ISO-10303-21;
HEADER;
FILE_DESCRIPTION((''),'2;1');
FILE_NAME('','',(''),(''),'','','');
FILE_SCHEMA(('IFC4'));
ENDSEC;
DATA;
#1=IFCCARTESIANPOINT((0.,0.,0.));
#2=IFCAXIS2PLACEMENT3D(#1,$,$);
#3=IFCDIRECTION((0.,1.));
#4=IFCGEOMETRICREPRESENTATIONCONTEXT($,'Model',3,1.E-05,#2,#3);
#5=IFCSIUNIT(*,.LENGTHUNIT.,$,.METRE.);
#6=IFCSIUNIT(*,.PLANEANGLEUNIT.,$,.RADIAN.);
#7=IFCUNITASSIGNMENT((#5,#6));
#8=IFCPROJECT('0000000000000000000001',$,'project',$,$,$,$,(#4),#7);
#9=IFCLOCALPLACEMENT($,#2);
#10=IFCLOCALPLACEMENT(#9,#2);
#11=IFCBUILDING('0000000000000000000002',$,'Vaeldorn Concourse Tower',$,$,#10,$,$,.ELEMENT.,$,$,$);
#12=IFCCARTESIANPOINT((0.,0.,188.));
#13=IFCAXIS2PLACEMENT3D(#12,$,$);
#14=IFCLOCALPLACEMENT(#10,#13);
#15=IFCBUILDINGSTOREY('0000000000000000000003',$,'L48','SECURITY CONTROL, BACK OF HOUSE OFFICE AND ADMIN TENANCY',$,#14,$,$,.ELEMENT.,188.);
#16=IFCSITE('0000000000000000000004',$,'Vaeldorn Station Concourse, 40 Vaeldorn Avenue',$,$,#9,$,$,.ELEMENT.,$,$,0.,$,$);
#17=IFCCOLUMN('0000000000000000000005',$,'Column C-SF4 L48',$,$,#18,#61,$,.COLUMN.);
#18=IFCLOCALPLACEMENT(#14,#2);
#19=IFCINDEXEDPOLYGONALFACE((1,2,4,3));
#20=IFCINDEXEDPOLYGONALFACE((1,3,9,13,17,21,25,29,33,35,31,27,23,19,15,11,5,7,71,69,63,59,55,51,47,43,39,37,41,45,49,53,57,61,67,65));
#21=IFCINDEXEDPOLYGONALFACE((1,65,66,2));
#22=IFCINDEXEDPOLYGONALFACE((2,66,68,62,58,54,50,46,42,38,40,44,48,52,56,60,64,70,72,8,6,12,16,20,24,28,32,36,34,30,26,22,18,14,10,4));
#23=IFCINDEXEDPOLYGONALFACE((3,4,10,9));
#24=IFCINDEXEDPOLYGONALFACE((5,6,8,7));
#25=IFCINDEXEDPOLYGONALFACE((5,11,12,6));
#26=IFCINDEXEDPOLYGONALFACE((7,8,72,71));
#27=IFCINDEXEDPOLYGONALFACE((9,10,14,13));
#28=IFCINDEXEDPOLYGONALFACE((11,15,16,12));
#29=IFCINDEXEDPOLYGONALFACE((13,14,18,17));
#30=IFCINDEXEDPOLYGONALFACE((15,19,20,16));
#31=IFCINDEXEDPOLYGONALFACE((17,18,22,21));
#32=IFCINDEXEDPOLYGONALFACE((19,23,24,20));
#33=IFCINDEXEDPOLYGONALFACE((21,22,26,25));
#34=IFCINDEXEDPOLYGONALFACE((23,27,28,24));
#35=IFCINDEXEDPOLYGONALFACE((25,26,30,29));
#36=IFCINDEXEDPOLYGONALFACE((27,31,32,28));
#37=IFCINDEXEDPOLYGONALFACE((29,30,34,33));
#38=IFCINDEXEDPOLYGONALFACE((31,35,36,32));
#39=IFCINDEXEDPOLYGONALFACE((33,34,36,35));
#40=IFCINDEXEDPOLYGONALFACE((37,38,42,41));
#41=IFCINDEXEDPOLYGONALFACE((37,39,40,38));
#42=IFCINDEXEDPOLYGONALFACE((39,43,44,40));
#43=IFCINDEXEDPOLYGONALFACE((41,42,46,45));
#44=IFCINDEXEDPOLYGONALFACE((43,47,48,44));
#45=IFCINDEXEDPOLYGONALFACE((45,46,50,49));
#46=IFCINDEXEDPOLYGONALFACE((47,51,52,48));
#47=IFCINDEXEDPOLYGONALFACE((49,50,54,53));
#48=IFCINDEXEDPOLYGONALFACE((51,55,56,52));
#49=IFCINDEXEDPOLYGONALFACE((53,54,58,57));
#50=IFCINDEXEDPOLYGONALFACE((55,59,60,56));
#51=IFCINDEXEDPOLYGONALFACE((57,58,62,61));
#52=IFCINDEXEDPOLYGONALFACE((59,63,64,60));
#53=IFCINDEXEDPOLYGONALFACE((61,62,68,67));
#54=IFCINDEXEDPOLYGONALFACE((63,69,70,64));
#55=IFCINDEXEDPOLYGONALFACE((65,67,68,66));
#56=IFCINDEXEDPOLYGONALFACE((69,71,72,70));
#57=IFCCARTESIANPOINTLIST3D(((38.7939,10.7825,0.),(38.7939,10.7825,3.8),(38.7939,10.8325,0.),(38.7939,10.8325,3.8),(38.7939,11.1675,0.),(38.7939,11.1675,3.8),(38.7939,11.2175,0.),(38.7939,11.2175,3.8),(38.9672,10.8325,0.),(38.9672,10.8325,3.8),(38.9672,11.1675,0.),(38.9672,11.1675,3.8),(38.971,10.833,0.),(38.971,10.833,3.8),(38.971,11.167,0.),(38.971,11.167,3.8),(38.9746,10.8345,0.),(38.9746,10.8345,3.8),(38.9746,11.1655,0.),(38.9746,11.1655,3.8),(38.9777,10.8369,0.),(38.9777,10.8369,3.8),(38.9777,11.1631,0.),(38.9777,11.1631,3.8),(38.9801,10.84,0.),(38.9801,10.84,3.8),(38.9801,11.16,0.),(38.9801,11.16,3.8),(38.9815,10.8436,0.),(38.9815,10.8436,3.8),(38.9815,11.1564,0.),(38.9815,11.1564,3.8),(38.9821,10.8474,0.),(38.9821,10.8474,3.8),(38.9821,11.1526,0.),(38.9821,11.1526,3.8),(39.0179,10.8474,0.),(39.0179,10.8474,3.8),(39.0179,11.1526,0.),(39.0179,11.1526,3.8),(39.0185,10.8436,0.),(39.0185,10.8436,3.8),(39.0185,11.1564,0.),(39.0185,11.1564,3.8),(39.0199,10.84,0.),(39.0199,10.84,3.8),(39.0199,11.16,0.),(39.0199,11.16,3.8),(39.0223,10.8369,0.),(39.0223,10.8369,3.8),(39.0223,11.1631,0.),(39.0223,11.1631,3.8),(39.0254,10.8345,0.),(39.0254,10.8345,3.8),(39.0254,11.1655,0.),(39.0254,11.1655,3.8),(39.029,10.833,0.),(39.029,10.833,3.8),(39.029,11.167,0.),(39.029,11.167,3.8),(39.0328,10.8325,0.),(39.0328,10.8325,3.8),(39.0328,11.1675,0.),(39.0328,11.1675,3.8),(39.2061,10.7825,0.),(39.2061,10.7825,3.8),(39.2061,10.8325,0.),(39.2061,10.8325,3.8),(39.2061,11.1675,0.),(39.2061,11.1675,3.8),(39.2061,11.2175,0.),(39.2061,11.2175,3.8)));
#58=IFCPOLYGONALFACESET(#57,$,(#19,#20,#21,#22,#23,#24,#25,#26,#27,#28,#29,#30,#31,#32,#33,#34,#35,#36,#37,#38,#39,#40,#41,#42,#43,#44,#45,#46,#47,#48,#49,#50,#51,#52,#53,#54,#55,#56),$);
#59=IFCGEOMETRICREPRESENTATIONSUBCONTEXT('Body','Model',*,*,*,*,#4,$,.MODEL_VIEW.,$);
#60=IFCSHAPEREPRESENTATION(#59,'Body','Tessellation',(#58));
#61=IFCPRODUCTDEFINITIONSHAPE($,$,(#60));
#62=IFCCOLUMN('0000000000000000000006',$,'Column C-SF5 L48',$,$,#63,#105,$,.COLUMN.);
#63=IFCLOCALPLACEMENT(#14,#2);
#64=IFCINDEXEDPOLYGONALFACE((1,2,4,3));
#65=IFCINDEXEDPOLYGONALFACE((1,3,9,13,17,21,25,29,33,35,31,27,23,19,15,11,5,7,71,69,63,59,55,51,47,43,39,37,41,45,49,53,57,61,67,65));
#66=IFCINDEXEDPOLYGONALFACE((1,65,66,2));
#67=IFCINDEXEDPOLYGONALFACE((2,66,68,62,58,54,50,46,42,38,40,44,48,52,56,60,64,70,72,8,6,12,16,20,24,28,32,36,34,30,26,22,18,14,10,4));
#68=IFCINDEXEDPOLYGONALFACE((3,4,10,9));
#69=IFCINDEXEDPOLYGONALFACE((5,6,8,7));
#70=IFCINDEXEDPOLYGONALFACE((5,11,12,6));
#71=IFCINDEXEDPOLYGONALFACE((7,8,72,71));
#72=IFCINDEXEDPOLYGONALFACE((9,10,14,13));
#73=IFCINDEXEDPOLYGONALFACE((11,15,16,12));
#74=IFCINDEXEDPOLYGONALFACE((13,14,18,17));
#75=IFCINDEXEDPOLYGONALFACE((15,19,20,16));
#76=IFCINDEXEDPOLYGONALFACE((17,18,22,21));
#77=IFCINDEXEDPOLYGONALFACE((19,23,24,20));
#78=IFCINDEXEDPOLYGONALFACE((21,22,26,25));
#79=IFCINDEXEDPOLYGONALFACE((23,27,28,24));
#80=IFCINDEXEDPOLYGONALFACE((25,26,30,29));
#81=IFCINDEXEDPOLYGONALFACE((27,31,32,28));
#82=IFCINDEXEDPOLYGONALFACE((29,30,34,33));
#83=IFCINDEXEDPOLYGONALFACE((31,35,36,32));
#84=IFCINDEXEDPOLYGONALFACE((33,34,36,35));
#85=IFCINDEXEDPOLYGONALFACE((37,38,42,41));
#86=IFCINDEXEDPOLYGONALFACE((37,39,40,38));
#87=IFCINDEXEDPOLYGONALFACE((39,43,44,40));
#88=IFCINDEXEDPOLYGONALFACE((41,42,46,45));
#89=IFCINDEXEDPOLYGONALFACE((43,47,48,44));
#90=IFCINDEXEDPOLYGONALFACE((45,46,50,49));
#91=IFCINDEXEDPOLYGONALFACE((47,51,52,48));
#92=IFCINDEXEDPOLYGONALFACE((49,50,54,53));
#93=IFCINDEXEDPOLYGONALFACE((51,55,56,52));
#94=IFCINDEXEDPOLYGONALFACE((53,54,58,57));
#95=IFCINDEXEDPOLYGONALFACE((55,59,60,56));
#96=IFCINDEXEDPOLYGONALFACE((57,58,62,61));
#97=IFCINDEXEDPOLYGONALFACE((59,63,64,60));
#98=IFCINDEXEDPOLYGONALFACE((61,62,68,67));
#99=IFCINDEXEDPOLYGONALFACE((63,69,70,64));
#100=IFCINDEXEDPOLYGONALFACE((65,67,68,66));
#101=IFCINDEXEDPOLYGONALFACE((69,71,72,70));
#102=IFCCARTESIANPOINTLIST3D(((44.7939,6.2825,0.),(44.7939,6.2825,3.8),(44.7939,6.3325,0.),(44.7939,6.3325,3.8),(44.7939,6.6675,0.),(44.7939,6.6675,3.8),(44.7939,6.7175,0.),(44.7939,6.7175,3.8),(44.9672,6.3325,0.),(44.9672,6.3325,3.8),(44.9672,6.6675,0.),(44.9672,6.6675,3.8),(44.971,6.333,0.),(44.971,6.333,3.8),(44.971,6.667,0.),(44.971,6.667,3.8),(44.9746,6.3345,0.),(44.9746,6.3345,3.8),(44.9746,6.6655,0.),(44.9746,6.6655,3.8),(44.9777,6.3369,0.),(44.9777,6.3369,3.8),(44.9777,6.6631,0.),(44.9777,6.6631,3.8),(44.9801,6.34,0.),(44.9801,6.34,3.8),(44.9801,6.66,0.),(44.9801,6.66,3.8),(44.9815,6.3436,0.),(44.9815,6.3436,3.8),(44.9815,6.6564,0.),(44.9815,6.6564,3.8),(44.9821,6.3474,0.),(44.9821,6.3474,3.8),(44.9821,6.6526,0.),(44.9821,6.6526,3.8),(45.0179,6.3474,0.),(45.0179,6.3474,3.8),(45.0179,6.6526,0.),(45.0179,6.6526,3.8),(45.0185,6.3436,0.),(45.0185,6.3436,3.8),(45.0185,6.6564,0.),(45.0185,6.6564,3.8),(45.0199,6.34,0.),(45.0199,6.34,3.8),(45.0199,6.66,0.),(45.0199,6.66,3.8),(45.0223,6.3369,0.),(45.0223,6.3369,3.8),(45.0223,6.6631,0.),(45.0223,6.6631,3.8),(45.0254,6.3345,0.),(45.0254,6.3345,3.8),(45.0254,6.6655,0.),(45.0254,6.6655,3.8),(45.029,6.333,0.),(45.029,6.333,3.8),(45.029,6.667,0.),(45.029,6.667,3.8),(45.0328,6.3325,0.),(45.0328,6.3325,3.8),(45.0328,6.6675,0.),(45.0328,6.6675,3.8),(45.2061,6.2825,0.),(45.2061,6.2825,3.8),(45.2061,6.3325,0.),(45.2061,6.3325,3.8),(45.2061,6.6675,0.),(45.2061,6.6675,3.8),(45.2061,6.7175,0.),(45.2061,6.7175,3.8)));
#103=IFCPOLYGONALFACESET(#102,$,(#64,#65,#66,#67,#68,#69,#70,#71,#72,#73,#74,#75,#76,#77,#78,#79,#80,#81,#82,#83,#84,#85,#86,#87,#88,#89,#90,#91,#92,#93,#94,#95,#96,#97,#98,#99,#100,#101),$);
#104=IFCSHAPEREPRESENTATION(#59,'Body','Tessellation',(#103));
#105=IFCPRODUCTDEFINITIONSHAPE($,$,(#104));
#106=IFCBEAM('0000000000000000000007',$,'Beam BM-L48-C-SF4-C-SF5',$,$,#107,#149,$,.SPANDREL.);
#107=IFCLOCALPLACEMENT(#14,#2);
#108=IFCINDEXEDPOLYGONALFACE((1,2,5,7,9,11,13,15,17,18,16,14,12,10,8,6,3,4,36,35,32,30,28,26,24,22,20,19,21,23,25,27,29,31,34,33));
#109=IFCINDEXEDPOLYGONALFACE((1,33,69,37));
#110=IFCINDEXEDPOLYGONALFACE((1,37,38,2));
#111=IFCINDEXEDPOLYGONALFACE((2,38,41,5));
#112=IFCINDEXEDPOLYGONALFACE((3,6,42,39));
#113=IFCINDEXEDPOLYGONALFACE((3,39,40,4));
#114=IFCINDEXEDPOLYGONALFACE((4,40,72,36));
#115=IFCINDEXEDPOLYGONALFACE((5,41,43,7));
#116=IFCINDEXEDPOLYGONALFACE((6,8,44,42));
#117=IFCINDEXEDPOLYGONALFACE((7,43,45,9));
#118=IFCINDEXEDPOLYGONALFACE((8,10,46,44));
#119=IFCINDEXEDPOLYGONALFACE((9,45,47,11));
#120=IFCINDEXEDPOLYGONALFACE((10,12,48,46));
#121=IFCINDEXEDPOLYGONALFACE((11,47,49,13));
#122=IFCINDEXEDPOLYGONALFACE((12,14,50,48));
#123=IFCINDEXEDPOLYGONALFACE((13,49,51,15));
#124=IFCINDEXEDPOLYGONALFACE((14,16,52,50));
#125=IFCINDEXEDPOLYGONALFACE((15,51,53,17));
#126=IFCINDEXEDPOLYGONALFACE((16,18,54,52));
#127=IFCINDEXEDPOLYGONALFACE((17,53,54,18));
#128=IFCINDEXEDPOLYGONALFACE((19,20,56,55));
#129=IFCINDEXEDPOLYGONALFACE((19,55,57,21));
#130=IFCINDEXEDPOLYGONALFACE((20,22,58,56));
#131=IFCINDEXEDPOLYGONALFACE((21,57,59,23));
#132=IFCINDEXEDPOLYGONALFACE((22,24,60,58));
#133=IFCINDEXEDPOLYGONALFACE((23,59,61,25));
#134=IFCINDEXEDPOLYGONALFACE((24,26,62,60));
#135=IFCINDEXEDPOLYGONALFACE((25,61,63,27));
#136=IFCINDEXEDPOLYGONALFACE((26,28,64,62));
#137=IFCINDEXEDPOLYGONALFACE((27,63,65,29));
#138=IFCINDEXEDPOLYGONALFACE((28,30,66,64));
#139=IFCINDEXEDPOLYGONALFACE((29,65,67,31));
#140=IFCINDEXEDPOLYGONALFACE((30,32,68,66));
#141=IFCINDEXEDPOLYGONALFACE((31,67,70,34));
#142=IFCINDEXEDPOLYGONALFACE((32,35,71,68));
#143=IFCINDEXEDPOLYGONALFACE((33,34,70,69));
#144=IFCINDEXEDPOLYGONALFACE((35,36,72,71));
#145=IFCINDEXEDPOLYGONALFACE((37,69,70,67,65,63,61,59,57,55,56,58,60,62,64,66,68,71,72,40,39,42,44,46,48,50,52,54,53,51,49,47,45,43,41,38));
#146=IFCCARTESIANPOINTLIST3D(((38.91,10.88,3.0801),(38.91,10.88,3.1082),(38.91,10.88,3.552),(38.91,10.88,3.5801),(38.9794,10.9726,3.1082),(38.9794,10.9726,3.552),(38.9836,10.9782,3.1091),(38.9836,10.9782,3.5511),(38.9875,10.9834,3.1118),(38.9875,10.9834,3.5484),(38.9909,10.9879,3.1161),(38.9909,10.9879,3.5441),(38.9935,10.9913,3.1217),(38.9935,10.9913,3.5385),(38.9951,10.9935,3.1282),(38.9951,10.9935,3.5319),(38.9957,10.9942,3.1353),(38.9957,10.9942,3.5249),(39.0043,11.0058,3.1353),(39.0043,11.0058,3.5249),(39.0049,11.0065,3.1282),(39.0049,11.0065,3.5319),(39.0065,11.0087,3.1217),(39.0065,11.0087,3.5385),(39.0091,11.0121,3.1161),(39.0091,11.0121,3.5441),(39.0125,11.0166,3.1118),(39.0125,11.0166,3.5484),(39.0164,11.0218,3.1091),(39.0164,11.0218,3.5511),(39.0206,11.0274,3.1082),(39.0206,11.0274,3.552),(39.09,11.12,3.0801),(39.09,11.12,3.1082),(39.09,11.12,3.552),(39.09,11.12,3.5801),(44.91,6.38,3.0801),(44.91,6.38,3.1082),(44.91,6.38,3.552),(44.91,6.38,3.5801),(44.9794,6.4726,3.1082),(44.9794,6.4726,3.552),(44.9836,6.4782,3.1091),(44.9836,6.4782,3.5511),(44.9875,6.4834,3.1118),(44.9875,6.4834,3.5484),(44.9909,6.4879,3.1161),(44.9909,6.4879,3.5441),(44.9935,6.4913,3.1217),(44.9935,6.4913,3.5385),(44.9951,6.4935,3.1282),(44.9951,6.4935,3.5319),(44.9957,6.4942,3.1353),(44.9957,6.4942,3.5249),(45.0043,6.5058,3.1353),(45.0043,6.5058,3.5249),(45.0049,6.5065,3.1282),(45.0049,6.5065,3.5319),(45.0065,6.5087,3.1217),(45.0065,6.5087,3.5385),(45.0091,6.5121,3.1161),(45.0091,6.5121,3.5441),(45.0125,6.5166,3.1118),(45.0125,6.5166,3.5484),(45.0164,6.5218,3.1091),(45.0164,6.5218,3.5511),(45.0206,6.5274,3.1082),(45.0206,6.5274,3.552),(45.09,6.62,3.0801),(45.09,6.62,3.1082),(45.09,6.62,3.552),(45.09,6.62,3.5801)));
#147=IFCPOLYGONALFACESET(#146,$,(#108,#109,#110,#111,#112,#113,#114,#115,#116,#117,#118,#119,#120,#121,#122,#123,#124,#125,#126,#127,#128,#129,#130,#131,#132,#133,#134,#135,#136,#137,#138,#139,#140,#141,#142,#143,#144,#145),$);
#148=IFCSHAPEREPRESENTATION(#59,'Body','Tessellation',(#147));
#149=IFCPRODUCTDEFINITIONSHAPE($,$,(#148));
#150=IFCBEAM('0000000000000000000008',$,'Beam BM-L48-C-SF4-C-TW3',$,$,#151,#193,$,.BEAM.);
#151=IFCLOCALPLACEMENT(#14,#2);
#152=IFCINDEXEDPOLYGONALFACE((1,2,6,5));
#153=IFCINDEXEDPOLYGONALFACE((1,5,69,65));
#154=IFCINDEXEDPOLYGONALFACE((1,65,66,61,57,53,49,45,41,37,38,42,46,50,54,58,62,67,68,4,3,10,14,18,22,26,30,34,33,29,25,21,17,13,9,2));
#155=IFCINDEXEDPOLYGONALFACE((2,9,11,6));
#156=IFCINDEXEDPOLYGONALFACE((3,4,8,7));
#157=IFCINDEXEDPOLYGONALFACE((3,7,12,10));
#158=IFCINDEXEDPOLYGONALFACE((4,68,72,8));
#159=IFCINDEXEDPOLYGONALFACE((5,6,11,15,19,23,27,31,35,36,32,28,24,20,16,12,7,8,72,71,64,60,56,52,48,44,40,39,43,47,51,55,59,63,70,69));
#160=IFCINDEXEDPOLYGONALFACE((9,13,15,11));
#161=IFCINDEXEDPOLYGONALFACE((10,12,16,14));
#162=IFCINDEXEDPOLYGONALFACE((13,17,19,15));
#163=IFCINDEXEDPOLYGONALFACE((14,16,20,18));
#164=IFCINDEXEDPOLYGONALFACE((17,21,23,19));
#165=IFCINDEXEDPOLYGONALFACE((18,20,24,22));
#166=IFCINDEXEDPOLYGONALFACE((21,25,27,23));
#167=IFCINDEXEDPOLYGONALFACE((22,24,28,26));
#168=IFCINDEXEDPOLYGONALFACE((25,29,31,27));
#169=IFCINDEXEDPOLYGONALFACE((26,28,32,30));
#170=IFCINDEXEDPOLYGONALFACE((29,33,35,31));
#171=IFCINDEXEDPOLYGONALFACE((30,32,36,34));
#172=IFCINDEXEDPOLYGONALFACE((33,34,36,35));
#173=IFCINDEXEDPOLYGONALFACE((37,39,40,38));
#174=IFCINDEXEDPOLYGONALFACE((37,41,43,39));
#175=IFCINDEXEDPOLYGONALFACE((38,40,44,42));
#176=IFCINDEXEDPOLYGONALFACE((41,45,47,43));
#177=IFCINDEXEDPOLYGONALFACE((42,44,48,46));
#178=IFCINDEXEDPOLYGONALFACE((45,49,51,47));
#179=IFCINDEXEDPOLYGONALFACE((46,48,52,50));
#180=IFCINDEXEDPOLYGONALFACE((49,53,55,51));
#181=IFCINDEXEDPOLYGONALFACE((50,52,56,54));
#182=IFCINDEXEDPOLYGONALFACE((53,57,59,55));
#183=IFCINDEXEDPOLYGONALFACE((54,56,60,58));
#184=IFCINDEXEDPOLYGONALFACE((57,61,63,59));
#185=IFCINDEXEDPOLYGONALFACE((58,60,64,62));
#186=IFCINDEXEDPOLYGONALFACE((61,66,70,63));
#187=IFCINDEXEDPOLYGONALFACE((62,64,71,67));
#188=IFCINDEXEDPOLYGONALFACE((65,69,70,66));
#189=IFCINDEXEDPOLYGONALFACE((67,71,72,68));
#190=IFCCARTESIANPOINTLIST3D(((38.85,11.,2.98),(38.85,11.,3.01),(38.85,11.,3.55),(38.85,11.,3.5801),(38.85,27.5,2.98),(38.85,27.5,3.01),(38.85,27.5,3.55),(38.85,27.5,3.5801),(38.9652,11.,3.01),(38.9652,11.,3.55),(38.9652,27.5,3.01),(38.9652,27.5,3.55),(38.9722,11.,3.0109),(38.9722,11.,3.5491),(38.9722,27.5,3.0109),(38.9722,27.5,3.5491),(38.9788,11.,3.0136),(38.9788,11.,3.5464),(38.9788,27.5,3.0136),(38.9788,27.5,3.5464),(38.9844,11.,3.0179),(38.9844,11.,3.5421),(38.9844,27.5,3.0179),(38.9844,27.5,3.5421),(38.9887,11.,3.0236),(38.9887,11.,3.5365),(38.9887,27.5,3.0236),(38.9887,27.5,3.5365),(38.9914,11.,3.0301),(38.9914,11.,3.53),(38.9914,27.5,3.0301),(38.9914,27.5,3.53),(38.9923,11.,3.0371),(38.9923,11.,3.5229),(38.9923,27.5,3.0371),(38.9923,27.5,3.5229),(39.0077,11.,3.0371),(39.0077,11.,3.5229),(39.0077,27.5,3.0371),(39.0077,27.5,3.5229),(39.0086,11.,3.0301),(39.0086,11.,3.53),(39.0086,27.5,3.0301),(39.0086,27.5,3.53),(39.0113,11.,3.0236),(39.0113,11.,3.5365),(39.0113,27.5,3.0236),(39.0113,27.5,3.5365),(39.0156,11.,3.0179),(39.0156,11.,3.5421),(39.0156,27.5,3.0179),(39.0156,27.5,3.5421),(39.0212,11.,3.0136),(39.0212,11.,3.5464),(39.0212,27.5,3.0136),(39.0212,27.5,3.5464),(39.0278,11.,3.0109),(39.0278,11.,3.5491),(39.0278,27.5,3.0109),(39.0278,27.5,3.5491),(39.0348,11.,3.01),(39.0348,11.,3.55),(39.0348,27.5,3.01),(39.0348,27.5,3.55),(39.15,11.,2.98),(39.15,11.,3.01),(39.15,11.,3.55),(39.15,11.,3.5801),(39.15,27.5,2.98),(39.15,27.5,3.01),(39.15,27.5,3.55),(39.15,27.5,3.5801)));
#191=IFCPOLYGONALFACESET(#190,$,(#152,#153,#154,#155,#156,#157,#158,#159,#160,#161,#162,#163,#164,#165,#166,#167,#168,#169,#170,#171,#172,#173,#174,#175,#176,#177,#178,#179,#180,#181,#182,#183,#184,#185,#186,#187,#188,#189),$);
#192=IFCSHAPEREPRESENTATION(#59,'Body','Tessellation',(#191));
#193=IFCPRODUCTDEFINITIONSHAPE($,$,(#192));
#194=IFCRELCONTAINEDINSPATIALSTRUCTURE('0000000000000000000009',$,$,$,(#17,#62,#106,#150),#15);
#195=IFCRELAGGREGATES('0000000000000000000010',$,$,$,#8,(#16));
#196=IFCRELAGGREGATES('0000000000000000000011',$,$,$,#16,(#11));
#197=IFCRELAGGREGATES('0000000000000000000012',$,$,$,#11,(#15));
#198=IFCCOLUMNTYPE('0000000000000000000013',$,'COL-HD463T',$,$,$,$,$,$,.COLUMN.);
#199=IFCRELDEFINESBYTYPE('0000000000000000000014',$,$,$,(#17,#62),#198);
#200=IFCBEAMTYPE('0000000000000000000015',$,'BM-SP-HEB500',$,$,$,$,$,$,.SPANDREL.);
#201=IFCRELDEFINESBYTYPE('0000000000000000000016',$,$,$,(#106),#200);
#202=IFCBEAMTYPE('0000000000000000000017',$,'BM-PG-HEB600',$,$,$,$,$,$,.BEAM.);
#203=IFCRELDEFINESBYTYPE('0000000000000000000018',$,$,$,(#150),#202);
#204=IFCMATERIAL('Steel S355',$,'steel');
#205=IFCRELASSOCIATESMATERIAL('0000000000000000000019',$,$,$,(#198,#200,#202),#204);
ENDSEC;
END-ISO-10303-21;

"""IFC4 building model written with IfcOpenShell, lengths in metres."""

from ifc_helpers import new_model, si_unit, direction, frame, origin, origin_2d, place, context, subcontext, project, spatial, i_section, extrude, source, transform, mapped, material, material_profile, profile_set, type_object, element, save


model = new_model("IFC4")

# Units and contexts
model_context = context("Model", 3, precision=1e-05, world=origin(), true_north=direction((0.0, 1.0)))
body_context = subcontext(model_context, "Body", "Model", "MODEL_VIEW")
ifc_project = project(units=[si_unit("LENGTHUNIT", "METRE"), si_unit("PLANEANGLEUNIT", "RADIAN")], contexts=[model_context])

# Site, building, storey
site_placement = place(None, origin())
site = spatial("IfcSite", under=ifc_project, at=site_placement, Name="Vaeldorn Station Concourse, 40 Vaeldorn Avenue", CompositionType="ELEMENT", RefElevation=0.0)
building_placement = place(site_placement, origin())
building = spatial("IfcBuilding", under=site, at=building_placement, Name="Vaeldorn Concourse Tower", CompositionType="ELEMENT")
storey_placement = place(building_placement, frame((0.0, 0.0, 188.0)))
storey = spatial("IfcBuildingStorey", under=building, at=storey_placement, Name="L48", Description="SECURITY CONTROL, BACK OF HOUSE OFFICE AND ADMIN TENANCY", CompositionType="ELEMENT", Elevation=188.0)

# Columns
ifc_material_1 = material(Name="Steel S355", Category="steel")
ifc_material_profile_1 = material_profile(ifc_material_1, i_section(OverallWidth=0.4121, OverallDepth=0.4351, WebThickness=0.0359, FlangeThickness=0.05, FilletRadius=0.0149, at=origin_2d()), Name="HD 400x463")
ifc_profile_set_1 = profile_set([ifc_material_profile_1], Name="Steel S355")
column_type = type_object("IfcColumnType", Name="COL-HD463T", PredefinedType="COLUMN", material=ifc_profile_set_1)
shared_shape_1 = source(origin(), body_context, "Body", "SweptSolid", [
    extrude(i_section(OverallWidth=0.4121, OverallDepth=0.4351, WebThickness=0.0359, FlangeThickness=0.05, FilletRadius=0.0149, at=origin_2d()), origin(), (0.0, 0.0, 1.0), 3.8),
])
for number, where, z_axis, x_axis, name in (
    (1, (39.0, 11.0, 0.0), (0.0, 0.0, 1.0), (1.0, 0.0, 0.0), "Column C-SF4 L48"),
    (2, (45.0, 6.5, 0.0), (0.0, 0.0, 1.0), (1.0, 0.0, 0.0), "Column C-SF5 L48"),
):
    element("IfcColumn", number, at=place(storey_placement, frame(where, z_axis=z_axis, x_axis=x_axis)), inside=storey, type_object=column_type, Name=name, PredefinedType="COLUMN", context=body_context, shape_type="MappedRepresentation", body=[
        mapped(shared_shape_1, transform((0.0, 0.0, 0.0), scale=1.0)),
    ])

# Beams
ifc_material_profile_2 = material_profile(ifc_material_1, i_section(OverallWidth=0.3, OverallDepth=0.5, WebThickness=0.0144, FlangeThickness=0.0281, FilletRadius=0.0271, at=origin_2d()), Name="HEB 500")
ifc_profile_set_2 = profile_set([ifc_material_profile_2], Name="Steel S355")
beam_type_1 = type_object("IfcBeamType", Name="BM-SP-HEB500", PredefinedType="SPANDREL", material=ifc_profile_set_2)
shared_shape_2 = source(origin(), body_context, "Body", "SweptSolid", [
    extrude(i_section(OverallWidth=0.3, OverallDepth=0.5, WebThickness=0.0144, FlangeThickness=0.0281, FilletRadius=0.0271, at=origin_2d()), origin(), (0.0, 0.0, 1.0), 7.5),
])
beam_1_placement = place(storey_placement, frame((39.0, 11.0, 3.3301), z_axis=(0.8, -0.6, 0.0), x_axis=(0.6, 0.8, 0.0)))
element("IfcBeam", 3, at=beam_1_placement, inside=storey, type_object=beam_type_1, Name="Beam BM-L48-C-SF4-C-SF5", PredefinedType="SPANDREL", context=body_context, shape_type="MappedRepresentation", body=[
    mapped(shared_shape_2, transform((0.0, 0.0, 0.0), scale=1.0)),
])
ifc_material_profile_3 = material_profile(ifc_material_1, i_section(OverallWidth=0.3, OverallDepth=0.6001, WebThickness=0.0154, FlangeThickness=0.03, FilletRadius=0.0271, at=origin_2d()), Name="HEB 600")
ifc_profile_set_3 = profile_set([ifc_material_profile_3], Name="Steel S355")
beam_type_2 = type_object("IfcBeamType", Name="BM-PG-HEB600", PredefinedType="BEAM", material=ifc_profile_set_3)
shared_shape_3 = source(origin(), body_context, "Body", "SweptSolid", [
    extrude(i_section(OverallWidth=0.3, OverallDepth=0.6001, WebThickness=0.0154, FlangeThickness=0.03, FilletRadius=0.0271, at=origin_2d()), origin(), (0.0, 0.0, 1.0), 16.5),
])
beam_2_placement = place(storey_placement, frame((39.0, 11.0, 3.28), z_axis=(0.0, 1.0, 0.0), x_axis=(-1.0, 0.0, 0.0)))
element("IfcBeam", 4, at=beam_2_placement, inside=storey, type_object=beam_type_2, Name="Beam BM-L48-C-SF4-C-TW3", PredefinedType="BEAM", context=body_context, shape_type="MappedRepresentation", body=[
    mapped(shared_shape_3, transform((0.0, 0.0, 0.0), scale=1.0)),
])

save(model, "model.ifc")
